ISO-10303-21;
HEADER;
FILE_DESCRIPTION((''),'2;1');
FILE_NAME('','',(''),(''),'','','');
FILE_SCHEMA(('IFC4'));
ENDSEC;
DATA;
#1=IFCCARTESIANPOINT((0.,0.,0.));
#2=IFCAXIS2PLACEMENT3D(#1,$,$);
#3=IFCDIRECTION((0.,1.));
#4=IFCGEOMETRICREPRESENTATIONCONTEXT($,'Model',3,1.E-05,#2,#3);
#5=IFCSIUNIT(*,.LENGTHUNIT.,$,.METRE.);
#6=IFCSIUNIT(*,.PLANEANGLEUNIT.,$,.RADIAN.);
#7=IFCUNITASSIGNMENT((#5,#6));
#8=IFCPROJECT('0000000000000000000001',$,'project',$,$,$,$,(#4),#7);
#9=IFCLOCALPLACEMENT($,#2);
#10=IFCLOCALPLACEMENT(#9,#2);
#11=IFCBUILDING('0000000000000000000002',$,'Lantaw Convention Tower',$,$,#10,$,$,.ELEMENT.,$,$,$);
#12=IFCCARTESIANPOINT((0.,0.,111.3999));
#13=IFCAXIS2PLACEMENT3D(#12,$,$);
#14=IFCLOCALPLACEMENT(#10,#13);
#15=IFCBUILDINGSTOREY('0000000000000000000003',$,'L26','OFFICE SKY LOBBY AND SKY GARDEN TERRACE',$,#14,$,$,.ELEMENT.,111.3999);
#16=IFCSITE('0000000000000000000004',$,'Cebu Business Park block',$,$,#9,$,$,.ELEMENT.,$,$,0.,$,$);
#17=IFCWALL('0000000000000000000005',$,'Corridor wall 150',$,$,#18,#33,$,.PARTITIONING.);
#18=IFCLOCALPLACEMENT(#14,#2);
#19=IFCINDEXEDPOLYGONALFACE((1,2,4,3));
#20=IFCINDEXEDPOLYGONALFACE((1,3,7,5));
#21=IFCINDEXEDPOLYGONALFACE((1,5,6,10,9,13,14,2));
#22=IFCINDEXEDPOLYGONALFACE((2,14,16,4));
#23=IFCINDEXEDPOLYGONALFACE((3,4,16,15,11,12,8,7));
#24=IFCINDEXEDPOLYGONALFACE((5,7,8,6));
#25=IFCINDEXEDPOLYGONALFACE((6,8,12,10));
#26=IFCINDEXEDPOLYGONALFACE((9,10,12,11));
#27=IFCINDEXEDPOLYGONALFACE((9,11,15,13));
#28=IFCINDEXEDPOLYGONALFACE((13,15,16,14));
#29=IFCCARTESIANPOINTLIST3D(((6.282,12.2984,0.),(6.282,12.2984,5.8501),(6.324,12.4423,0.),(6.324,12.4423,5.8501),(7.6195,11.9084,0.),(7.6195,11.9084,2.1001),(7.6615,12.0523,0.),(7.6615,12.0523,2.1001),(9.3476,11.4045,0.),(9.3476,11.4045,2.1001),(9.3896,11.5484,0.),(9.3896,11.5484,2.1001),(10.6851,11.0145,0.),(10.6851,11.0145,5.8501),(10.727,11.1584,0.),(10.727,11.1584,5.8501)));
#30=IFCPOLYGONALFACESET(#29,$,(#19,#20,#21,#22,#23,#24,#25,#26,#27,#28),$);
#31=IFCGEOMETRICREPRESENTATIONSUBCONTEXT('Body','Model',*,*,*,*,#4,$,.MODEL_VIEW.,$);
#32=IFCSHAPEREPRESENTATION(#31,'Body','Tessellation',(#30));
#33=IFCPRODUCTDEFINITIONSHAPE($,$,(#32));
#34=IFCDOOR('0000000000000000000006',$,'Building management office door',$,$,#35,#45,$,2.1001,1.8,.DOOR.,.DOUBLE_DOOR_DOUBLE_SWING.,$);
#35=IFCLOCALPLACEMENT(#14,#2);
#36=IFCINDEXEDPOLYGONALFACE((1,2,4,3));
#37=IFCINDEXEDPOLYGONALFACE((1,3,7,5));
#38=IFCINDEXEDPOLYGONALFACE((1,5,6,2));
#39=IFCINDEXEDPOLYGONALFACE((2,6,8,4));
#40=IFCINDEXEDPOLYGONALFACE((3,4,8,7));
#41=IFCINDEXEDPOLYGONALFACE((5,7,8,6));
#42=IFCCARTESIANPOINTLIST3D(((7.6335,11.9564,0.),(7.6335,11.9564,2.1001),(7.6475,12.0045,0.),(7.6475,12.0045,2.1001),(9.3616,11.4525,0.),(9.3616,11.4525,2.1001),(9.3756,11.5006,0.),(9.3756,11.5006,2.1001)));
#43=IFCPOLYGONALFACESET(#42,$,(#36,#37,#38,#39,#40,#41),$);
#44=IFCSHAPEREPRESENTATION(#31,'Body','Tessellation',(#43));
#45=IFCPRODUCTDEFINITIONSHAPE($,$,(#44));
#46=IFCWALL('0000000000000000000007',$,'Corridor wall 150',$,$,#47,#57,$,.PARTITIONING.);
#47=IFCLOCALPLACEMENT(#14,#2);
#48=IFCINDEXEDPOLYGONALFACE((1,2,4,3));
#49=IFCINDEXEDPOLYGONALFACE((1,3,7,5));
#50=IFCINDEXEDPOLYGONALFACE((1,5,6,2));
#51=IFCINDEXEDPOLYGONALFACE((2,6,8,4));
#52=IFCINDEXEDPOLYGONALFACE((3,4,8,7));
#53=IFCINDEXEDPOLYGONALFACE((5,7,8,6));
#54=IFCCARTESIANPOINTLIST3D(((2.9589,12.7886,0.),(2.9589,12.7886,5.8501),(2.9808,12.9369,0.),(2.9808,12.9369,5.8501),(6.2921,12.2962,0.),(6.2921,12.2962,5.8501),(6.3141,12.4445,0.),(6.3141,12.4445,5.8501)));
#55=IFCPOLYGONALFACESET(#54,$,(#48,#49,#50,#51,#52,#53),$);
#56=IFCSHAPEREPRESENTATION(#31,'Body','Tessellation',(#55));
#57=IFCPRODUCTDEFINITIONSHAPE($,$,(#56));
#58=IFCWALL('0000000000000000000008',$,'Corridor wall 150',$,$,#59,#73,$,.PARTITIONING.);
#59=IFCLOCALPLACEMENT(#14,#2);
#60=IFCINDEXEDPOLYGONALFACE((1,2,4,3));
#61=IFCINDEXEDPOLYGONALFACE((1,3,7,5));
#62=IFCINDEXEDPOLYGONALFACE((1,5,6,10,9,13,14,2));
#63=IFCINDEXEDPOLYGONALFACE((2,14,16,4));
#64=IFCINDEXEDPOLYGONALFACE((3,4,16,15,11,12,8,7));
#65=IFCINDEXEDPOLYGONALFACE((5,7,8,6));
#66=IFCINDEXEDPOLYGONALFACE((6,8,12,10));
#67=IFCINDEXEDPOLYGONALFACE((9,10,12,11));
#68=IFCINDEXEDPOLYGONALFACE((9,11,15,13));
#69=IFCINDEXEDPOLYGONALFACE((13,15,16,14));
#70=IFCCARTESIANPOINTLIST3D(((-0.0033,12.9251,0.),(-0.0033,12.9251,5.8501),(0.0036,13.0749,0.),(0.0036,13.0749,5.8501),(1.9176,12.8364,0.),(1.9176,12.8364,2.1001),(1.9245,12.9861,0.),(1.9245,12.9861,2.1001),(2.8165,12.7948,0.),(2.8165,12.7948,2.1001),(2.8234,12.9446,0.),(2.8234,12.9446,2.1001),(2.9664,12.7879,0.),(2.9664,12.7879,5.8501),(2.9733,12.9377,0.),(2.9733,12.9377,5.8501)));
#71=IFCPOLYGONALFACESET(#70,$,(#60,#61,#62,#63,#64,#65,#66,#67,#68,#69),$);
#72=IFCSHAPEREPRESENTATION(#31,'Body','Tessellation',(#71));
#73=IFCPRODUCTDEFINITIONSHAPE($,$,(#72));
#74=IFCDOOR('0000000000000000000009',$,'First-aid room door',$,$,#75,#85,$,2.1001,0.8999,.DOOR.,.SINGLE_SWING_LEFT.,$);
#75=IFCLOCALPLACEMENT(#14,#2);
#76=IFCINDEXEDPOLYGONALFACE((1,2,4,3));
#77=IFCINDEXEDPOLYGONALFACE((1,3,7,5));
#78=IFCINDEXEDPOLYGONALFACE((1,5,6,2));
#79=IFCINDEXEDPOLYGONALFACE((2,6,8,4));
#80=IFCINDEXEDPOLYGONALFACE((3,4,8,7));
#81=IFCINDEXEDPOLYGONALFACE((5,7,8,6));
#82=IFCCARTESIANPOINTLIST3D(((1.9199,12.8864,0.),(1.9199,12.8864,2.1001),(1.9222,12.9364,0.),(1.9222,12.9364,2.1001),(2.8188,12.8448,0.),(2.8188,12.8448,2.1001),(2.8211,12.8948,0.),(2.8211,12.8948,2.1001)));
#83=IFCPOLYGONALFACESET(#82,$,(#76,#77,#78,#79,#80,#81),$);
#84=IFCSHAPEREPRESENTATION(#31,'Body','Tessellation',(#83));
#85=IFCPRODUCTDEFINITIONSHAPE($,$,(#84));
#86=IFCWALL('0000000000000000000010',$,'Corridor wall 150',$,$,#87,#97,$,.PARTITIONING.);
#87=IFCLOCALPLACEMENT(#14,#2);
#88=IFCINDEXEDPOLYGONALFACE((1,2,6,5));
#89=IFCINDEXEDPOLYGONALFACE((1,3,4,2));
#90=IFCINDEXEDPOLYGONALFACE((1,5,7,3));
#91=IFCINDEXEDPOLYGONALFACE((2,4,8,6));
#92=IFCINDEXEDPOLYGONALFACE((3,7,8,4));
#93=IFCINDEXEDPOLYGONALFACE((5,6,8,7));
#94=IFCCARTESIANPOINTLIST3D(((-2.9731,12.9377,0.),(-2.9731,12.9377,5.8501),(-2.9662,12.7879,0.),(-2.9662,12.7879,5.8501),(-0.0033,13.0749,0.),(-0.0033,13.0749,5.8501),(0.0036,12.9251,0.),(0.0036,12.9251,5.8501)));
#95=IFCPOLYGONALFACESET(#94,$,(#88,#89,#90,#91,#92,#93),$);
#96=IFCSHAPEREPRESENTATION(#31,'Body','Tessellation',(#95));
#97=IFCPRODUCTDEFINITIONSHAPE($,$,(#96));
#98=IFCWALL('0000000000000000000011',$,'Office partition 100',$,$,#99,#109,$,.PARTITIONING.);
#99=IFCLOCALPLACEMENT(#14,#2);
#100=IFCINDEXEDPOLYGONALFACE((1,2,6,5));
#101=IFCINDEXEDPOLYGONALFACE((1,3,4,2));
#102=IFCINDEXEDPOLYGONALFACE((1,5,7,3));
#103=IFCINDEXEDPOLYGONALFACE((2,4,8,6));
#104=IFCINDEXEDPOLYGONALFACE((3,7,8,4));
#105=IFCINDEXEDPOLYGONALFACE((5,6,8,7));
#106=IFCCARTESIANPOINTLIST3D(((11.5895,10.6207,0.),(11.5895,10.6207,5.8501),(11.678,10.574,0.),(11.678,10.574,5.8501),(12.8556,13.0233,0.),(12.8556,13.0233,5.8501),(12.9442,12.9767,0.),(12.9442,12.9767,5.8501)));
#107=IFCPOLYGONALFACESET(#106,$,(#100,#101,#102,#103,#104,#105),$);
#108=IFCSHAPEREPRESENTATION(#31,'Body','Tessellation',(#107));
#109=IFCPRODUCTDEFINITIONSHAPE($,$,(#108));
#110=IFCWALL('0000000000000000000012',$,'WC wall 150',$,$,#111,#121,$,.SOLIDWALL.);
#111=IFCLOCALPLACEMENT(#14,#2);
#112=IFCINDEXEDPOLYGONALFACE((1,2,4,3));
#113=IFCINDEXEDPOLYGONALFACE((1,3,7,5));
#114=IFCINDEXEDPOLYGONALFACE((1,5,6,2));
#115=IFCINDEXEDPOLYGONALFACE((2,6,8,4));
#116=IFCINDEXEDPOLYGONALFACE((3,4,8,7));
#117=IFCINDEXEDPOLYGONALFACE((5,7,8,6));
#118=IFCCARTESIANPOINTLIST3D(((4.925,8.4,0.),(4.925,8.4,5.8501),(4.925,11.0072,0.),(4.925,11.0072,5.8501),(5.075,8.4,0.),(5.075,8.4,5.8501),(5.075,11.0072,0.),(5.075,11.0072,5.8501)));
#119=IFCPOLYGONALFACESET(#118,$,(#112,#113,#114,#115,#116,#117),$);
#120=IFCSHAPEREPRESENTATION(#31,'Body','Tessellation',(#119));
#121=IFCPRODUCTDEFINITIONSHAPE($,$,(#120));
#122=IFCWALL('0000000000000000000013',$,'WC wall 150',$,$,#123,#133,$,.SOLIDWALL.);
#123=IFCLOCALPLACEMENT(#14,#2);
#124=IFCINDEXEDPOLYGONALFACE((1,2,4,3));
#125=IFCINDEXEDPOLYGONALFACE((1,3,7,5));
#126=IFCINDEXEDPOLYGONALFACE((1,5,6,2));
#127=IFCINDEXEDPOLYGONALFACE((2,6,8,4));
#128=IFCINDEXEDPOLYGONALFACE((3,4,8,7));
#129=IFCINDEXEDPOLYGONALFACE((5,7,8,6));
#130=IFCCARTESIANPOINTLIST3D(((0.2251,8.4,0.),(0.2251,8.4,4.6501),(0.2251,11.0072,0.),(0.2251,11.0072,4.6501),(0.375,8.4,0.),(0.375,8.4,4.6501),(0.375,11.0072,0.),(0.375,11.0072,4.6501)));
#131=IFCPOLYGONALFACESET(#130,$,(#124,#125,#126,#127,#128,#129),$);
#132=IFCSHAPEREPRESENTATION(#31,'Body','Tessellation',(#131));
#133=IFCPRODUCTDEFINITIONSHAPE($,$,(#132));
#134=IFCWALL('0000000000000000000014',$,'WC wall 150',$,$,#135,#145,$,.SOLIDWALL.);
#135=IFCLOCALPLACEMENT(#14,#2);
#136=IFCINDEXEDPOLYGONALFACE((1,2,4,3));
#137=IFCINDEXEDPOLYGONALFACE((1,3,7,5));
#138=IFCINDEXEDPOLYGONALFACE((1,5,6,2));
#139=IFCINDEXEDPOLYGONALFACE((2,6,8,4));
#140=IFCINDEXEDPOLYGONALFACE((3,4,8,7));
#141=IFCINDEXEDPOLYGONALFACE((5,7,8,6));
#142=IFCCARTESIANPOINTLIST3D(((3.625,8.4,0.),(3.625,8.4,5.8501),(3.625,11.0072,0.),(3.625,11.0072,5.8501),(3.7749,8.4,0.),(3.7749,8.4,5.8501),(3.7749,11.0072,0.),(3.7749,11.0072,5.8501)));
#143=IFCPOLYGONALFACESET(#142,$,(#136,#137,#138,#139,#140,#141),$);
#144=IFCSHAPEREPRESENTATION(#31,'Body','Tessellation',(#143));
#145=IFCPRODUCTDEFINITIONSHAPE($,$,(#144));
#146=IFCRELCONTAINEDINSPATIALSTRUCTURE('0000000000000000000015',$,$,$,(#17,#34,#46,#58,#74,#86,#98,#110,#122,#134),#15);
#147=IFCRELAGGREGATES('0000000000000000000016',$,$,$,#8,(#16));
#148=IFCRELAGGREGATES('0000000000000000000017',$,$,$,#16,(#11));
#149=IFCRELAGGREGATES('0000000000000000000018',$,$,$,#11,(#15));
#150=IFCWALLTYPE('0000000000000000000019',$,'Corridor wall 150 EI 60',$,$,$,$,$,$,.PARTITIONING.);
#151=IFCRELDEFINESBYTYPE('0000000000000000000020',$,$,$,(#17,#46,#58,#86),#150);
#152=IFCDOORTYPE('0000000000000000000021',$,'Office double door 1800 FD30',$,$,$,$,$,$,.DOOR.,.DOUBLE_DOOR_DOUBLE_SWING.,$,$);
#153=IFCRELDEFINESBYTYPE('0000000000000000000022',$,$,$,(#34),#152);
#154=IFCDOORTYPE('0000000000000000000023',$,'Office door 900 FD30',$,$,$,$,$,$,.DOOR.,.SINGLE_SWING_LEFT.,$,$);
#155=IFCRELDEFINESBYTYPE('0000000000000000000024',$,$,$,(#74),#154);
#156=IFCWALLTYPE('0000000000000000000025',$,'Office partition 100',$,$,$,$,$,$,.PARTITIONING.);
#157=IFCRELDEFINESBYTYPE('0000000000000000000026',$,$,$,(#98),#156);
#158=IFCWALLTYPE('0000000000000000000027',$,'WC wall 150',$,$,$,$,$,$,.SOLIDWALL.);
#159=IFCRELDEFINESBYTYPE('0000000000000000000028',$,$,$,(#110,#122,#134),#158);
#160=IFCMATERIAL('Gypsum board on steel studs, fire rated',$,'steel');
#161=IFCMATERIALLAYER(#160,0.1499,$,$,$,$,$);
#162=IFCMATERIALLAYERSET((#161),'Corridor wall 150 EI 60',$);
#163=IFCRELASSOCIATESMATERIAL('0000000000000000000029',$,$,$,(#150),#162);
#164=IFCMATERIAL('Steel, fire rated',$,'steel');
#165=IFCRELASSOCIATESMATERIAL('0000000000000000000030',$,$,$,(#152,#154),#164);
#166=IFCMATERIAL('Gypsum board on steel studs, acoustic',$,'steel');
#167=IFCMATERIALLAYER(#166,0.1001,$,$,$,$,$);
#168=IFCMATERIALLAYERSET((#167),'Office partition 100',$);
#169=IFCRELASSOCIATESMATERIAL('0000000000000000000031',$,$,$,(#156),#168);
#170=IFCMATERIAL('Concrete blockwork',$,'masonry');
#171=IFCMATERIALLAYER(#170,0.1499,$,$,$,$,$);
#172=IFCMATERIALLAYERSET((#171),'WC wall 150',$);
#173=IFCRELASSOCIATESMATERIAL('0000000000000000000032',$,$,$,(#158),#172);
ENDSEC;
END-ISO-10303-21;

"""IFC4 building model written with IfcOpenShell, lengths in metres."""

from ifc_helpers import new_model, si_unit, direction, frame, frame_2d, origin, place, context, subcontext, project, spatial, rectangle, extrude, material, layer, layer_set, type_object, element, fill, save


model = new_model("IFC4")

# Units and contexts
model_context = context("Model", 3, precision=1e-05, world=origin(), true_north=direction((0.0, 1.0)))
body_context = subcontext(model_context, "Body", "Model", "MODEL_VIEW")
ifc_project = project(units=[si_unit("LENGTHUNIT", "METRE"), si_unit("PLANEANGLEUNIT", "RADIAN")], contexts=[model_context])

# Site, building, storey
site_placement = place(None, origin())
site = spatial("IfcSite", under=ifc_project, at=site_placement, Name="Cebu Business Park block", CompositionType="ELEMENT", RefElevation=0.0)
building_placement = place(site_placement, origin())
building = spatial("IfcBuilding", under=site, at=building_placement, Name="Lantaw Convention Tower", CompositionType="ELEMENT")
storey_placement = place(building_placement, frame((0.0, 0.0, 111.3999)))
storey = spatial("IfcBuildingStorey", under=building, at=storey_placement, Name="L26", Description="OFFICE SKY LOBBY AND SKY GARDEN TERRACE", CompositionType="ELEMENT", Elevation=111.3999)

# Wall, opening, door
ifc_material_1 = material(Name="Gypsum board on steel studs, fire rated", Category="steel")
ifc_layer_1 = layer(ifc_material_1, 0.1499)
ifc_layer_set_1 = layer_set([ifc_layer_1], Name="Corridor wall 150 EI 60")
wall_type_1 = type_object("IfcWallType", Name="Corridor wall 150 EI 60", PredefinedType="PARTITIONING", material=ifc_layer_set_1)
wall_1_placement = place(storey_placement, frame((10.7061, 11.0864, 0.0), z_axis=(0.0, 0.0, 1.0), x_axis=(-0.960017, 0.279941, 0.0)))
wall_1 = element("IfcWall", 1, at=wall_1_placement, inside=storey, type_object=wall_type_1, Name="Corridor wall 150", PredefinedType="PARTITIONING", context=body_context, shape_type="SweptSolid", body=[
    extrude(rectangle(XDim=4.5864, YDim=0.1499, at=frame_2d((2.2932, 0.0))), origin(), (0.0, 0.0, 1.0), 5.8501),
])
opening_1_placement = place(wall_1_placement, frame((1.3933, 0.0, 0.0)))
opening_1 = element("IfcOpeningElement", 2, at=opening_1_placement, cuts=wall_1, PredefinedType="OPENING", context=body_context, shape_type="SweptSolid", body=[
    extrude(rectangle(XDim=1.8, YDim=2.1001, at=frame_2d((0.8999, 1.05))), frame((0.0, 0.085, 0.0), z_axis=(0.0, -1.0, 0.0), x_axis=(1.0, 0.0, 0.0)), (0.0, 0.0, 1.0), 0.1699),
])
ifc_material_2 = material(Name="Steel, fire rated", Category="steel")
door_type_1 = type_object("IfcDoorType", Name="Office double door 1800 FD30", OperationType="DOUBLE_DOOR_DOUBLE_SWING", PredefinedType="DOOR", material=ifc_material_2)
door_1_placement = place(opening_1_placement, origin())
door_1 = element("IfcDoor", 3, at=door_1_placement, inside=storey, type_object=door_type_1, Name="Building management office door", OperationType="DOUBLE_DOOR_DOUBLE_SWING", OverallHeight=2.1001, OverallWidth=1.8, PredefinedType="DOOR", context=body_context, shape_type="SweptSolid", body=[
    extrude(rectangle(XDim=1.8, YDim=2.1001, at=frame_2d((0.8999, 1.05))), frame((0.0, 0.0249, 0.0), z_axis=(0.0, -1.0, 0.0), x_axis=(1.0, 0.0, 0.0)), (0.0, 0.0, 1.0), 0.05),
])
fill(opening_1, door_1)

# Wall
wall_2_placement = place(storey_placement, frame((6.303, 12.3704, 0.0), z_axis=(0.0, 0.0, 1.0), x_axis=(-0.989263, 0.146147, 0.0)))
element("IfcWall", 4, at=wall_2_placement, inside=storey, type_object=wall_type_1, Name="Corridor wall 150", PredefinedType="PARTITIONING", context=body_context, shape_type="SweptSolid", body=[
    extrude(rectangle(XDim=3.3694, YDim=0.1499, at=frame_2d((1.6846, 0.0))), origin(), (0.0, 0.0, 1.0), 5.8501),
])

# Wall, opening, door
wall_3_placement = place(storey_placement, frame((2.9697, 12.8628, 0.0), z_axis=(0.0, 0.0, 1.0), x_axis=(-0.998934, 0.046153, 0.0)))
wall_3 = element("IfcWall", 5, at=wall_3_placement, inside=storey, type_object=wall_type_1, Name="Corridor wall 150", PredefinedType="PARTITIONING", context=body_context, shape_type="SweptSolid", body=[
    extrude(rectangle(XDim=2.9729, YDim=0.1499, at=frame_2d((1.4863, 0.0))), origin(), (0.0, 0.0, 1.0), 5.8501),
])
opening_2_placement = place(wall_3_placement, frame((0.1499, 0.0, 0.0)))
opening_2 = element("IfcOpeningElement", 6, at=opening_2_placement, cuts=wall_3, PredefinedType="OPENING", context=body_context, shape_type="SweptSolid", body=[
    extrude(rectangle(XDim=0.8999, YDim=2.1001, at=frame_2d((0.45, 1.05))), frame((0.0, 0.085, 0.0), z_axis=(0.0, -1.0, 0.0), x_axis=(1.0, 0.0, 0.0)), (0.0, 0.0, 1.0), 0.1699),
])
door_type_2 = type_object("IfcDoorType", Name="Office door 900 FD30", OperationType="SINGLE_SWING_LEFT", PredefinedType="DOOR", material=ifc_material_2)
door_2_placement = place(opening_2_placement, origin())
door_2 = element("IfcDoor", 7, at=door_2_placement, inside=storey, type_object=door_type_2, Name="First-aid room door", OperationType="SINGLE_SWING_LEFT", OverallHeight=2.1001, OverallWidth=0.8999, PredefinedType="DOOR", context=body_context, shape_type="SweptSolid", body=[
    extrude(rectangle(XDim=0.8999, YDim=2.1001, at=frame_2d((0.45, 1.05))), frame((0.0, 0.0249, 0.0), z_axis=(0.0, -1.0, 0.0), x_axis=(1.0, 0.0, 0.0)), (0.0, 0.0, 1.0), 0.05),
])
fill(opening_2, door_2)

# Walls
wall_4_placement = place(storey_placement, frame((0.0, 13.0, 0.0), z_axis=(0.0, 0.0, 1.0), x_axis=(-0.998934, -0.046153, 0.0)))
element("IfcWall", 8, at=wall_4_placement, inside=storey, type_object=wall_type_1, Name="Corridor wall 150", PredefinedType="PARTITIONING", context=body_context, shape_type="SweptSolid", body=[
    extrude(rectangle(XDim=2.9729, YDim=0.1499, at=frame_2d((1.4863, 0.0))), origin(), (0.0, 0.0, 1.0), 5.8501),
])
ifc_material_3 = material(Name="Gypsum board on steel studs, acoustic", Category="steel")
ifc_layer_2 = layer(ifc_material_3, 0.1001)
ifc_layer_set_2 = layer_set([ifc_layer_2], Name="Office partition 100")
wall_type_2 = type_object("IfcWallType", Name="Office partition 100", PredefinedType="PARTITIONING", material=ifc_layer_set_2)
wall_5_placement = place(storey_placement, frame((12.8999, 13.0, 0.0), z_axis=(0.0, 0.0, 1.0), x_axis=(-0.466206, -0.884676, 0.0)))
element("IfcWall", 9, at=wall_5_placement, inside=storey, type_object=wall_type_2, Name="Office partition 100", PredefinedType="PARTITIONING", context=body_context, shape_type="SweptSolid", body=[
    extrude(rectangle(XDim=2.7158, YDim=0.1001, at=frame_2d((1.3579, 0.0))), origin(), (0.0, 0.0, 1.0), 5.8501),
])
ifc_material_4 = material(Name="Concrete blockwork", Category="masonry")
ifc_layer_3 = layer(ifc_material_4, 0.1499)
ifc_layer_set_3 = layer_set([ifc_layer_3], Name="WC wall 150")
wall_type_3 = type_object("IfcWallType", Name="WC wall 150", PredefinedType="SOLIDWALL", material=ifc_layer_set_3)
wall_6_placement = place(storey_placement, frame((5.0, 8.3999, 0.0), z_axis=(0.0, 0.0, 1.0), x_axis=(0.0, 1.0, 0.0)))
element("IfcWall", 10, at=wall_6_placement, inside=storey, type_object=wall_type_3, Name="WC wall 150", PredefinedType="SOLIDWALL", context=body_context, shape_type="SweptSolid", body=[
    extrude(rectangle(XDim=2.6072, YDim=0.1499, at=frame_2d((1.3037, 0.0))), origin(), (0.0, 0.0, 1.0), 5.8501),
])
wall_7_placement = place(storey_placement, frame((0.3, 8.3999, 0.0), z_axis=(0.0, 0.0, 1.0), x_axis=(0.0, 1.0, 0.0)))
element("IfcWall", 11, at=wall_7_placement, inside=storey, type_object=wall_type_3, Name="WC wall 150", PredefinedType="SOLIDWALL", context=body_context, shape_type="SweptSolid", body=[
    extrude(rectangle(XDim=2.6072, YDim=0.1499, at=frame_2d((1.3037, 0.0))), origin(), (0.0, 0.0, 1.0), 4.6501),
])
wall_8_placement = place(storey_placement, frame((3.7, 8.3999, 0.0), z_axis=(0.0, 0.0, 1.0), x_axis=(0.0, 1.0, 0.0)))
element("IfcWall", 12, at=wall_8_placement, inside=storey, type_object=wall_type_3, Name="WC wall 150", PredefinedType="SOLIDWALL", context=body_context, shape_type="SweptSolid", body=[
    extrude(rectangle(XDim=2.6072, YDim=0.1499, at=frame_2d((1.3037, 0.0))), origin(), (0.0, 0.0, 1.0), 5.8501),
])

save(model, "model.ifc")
